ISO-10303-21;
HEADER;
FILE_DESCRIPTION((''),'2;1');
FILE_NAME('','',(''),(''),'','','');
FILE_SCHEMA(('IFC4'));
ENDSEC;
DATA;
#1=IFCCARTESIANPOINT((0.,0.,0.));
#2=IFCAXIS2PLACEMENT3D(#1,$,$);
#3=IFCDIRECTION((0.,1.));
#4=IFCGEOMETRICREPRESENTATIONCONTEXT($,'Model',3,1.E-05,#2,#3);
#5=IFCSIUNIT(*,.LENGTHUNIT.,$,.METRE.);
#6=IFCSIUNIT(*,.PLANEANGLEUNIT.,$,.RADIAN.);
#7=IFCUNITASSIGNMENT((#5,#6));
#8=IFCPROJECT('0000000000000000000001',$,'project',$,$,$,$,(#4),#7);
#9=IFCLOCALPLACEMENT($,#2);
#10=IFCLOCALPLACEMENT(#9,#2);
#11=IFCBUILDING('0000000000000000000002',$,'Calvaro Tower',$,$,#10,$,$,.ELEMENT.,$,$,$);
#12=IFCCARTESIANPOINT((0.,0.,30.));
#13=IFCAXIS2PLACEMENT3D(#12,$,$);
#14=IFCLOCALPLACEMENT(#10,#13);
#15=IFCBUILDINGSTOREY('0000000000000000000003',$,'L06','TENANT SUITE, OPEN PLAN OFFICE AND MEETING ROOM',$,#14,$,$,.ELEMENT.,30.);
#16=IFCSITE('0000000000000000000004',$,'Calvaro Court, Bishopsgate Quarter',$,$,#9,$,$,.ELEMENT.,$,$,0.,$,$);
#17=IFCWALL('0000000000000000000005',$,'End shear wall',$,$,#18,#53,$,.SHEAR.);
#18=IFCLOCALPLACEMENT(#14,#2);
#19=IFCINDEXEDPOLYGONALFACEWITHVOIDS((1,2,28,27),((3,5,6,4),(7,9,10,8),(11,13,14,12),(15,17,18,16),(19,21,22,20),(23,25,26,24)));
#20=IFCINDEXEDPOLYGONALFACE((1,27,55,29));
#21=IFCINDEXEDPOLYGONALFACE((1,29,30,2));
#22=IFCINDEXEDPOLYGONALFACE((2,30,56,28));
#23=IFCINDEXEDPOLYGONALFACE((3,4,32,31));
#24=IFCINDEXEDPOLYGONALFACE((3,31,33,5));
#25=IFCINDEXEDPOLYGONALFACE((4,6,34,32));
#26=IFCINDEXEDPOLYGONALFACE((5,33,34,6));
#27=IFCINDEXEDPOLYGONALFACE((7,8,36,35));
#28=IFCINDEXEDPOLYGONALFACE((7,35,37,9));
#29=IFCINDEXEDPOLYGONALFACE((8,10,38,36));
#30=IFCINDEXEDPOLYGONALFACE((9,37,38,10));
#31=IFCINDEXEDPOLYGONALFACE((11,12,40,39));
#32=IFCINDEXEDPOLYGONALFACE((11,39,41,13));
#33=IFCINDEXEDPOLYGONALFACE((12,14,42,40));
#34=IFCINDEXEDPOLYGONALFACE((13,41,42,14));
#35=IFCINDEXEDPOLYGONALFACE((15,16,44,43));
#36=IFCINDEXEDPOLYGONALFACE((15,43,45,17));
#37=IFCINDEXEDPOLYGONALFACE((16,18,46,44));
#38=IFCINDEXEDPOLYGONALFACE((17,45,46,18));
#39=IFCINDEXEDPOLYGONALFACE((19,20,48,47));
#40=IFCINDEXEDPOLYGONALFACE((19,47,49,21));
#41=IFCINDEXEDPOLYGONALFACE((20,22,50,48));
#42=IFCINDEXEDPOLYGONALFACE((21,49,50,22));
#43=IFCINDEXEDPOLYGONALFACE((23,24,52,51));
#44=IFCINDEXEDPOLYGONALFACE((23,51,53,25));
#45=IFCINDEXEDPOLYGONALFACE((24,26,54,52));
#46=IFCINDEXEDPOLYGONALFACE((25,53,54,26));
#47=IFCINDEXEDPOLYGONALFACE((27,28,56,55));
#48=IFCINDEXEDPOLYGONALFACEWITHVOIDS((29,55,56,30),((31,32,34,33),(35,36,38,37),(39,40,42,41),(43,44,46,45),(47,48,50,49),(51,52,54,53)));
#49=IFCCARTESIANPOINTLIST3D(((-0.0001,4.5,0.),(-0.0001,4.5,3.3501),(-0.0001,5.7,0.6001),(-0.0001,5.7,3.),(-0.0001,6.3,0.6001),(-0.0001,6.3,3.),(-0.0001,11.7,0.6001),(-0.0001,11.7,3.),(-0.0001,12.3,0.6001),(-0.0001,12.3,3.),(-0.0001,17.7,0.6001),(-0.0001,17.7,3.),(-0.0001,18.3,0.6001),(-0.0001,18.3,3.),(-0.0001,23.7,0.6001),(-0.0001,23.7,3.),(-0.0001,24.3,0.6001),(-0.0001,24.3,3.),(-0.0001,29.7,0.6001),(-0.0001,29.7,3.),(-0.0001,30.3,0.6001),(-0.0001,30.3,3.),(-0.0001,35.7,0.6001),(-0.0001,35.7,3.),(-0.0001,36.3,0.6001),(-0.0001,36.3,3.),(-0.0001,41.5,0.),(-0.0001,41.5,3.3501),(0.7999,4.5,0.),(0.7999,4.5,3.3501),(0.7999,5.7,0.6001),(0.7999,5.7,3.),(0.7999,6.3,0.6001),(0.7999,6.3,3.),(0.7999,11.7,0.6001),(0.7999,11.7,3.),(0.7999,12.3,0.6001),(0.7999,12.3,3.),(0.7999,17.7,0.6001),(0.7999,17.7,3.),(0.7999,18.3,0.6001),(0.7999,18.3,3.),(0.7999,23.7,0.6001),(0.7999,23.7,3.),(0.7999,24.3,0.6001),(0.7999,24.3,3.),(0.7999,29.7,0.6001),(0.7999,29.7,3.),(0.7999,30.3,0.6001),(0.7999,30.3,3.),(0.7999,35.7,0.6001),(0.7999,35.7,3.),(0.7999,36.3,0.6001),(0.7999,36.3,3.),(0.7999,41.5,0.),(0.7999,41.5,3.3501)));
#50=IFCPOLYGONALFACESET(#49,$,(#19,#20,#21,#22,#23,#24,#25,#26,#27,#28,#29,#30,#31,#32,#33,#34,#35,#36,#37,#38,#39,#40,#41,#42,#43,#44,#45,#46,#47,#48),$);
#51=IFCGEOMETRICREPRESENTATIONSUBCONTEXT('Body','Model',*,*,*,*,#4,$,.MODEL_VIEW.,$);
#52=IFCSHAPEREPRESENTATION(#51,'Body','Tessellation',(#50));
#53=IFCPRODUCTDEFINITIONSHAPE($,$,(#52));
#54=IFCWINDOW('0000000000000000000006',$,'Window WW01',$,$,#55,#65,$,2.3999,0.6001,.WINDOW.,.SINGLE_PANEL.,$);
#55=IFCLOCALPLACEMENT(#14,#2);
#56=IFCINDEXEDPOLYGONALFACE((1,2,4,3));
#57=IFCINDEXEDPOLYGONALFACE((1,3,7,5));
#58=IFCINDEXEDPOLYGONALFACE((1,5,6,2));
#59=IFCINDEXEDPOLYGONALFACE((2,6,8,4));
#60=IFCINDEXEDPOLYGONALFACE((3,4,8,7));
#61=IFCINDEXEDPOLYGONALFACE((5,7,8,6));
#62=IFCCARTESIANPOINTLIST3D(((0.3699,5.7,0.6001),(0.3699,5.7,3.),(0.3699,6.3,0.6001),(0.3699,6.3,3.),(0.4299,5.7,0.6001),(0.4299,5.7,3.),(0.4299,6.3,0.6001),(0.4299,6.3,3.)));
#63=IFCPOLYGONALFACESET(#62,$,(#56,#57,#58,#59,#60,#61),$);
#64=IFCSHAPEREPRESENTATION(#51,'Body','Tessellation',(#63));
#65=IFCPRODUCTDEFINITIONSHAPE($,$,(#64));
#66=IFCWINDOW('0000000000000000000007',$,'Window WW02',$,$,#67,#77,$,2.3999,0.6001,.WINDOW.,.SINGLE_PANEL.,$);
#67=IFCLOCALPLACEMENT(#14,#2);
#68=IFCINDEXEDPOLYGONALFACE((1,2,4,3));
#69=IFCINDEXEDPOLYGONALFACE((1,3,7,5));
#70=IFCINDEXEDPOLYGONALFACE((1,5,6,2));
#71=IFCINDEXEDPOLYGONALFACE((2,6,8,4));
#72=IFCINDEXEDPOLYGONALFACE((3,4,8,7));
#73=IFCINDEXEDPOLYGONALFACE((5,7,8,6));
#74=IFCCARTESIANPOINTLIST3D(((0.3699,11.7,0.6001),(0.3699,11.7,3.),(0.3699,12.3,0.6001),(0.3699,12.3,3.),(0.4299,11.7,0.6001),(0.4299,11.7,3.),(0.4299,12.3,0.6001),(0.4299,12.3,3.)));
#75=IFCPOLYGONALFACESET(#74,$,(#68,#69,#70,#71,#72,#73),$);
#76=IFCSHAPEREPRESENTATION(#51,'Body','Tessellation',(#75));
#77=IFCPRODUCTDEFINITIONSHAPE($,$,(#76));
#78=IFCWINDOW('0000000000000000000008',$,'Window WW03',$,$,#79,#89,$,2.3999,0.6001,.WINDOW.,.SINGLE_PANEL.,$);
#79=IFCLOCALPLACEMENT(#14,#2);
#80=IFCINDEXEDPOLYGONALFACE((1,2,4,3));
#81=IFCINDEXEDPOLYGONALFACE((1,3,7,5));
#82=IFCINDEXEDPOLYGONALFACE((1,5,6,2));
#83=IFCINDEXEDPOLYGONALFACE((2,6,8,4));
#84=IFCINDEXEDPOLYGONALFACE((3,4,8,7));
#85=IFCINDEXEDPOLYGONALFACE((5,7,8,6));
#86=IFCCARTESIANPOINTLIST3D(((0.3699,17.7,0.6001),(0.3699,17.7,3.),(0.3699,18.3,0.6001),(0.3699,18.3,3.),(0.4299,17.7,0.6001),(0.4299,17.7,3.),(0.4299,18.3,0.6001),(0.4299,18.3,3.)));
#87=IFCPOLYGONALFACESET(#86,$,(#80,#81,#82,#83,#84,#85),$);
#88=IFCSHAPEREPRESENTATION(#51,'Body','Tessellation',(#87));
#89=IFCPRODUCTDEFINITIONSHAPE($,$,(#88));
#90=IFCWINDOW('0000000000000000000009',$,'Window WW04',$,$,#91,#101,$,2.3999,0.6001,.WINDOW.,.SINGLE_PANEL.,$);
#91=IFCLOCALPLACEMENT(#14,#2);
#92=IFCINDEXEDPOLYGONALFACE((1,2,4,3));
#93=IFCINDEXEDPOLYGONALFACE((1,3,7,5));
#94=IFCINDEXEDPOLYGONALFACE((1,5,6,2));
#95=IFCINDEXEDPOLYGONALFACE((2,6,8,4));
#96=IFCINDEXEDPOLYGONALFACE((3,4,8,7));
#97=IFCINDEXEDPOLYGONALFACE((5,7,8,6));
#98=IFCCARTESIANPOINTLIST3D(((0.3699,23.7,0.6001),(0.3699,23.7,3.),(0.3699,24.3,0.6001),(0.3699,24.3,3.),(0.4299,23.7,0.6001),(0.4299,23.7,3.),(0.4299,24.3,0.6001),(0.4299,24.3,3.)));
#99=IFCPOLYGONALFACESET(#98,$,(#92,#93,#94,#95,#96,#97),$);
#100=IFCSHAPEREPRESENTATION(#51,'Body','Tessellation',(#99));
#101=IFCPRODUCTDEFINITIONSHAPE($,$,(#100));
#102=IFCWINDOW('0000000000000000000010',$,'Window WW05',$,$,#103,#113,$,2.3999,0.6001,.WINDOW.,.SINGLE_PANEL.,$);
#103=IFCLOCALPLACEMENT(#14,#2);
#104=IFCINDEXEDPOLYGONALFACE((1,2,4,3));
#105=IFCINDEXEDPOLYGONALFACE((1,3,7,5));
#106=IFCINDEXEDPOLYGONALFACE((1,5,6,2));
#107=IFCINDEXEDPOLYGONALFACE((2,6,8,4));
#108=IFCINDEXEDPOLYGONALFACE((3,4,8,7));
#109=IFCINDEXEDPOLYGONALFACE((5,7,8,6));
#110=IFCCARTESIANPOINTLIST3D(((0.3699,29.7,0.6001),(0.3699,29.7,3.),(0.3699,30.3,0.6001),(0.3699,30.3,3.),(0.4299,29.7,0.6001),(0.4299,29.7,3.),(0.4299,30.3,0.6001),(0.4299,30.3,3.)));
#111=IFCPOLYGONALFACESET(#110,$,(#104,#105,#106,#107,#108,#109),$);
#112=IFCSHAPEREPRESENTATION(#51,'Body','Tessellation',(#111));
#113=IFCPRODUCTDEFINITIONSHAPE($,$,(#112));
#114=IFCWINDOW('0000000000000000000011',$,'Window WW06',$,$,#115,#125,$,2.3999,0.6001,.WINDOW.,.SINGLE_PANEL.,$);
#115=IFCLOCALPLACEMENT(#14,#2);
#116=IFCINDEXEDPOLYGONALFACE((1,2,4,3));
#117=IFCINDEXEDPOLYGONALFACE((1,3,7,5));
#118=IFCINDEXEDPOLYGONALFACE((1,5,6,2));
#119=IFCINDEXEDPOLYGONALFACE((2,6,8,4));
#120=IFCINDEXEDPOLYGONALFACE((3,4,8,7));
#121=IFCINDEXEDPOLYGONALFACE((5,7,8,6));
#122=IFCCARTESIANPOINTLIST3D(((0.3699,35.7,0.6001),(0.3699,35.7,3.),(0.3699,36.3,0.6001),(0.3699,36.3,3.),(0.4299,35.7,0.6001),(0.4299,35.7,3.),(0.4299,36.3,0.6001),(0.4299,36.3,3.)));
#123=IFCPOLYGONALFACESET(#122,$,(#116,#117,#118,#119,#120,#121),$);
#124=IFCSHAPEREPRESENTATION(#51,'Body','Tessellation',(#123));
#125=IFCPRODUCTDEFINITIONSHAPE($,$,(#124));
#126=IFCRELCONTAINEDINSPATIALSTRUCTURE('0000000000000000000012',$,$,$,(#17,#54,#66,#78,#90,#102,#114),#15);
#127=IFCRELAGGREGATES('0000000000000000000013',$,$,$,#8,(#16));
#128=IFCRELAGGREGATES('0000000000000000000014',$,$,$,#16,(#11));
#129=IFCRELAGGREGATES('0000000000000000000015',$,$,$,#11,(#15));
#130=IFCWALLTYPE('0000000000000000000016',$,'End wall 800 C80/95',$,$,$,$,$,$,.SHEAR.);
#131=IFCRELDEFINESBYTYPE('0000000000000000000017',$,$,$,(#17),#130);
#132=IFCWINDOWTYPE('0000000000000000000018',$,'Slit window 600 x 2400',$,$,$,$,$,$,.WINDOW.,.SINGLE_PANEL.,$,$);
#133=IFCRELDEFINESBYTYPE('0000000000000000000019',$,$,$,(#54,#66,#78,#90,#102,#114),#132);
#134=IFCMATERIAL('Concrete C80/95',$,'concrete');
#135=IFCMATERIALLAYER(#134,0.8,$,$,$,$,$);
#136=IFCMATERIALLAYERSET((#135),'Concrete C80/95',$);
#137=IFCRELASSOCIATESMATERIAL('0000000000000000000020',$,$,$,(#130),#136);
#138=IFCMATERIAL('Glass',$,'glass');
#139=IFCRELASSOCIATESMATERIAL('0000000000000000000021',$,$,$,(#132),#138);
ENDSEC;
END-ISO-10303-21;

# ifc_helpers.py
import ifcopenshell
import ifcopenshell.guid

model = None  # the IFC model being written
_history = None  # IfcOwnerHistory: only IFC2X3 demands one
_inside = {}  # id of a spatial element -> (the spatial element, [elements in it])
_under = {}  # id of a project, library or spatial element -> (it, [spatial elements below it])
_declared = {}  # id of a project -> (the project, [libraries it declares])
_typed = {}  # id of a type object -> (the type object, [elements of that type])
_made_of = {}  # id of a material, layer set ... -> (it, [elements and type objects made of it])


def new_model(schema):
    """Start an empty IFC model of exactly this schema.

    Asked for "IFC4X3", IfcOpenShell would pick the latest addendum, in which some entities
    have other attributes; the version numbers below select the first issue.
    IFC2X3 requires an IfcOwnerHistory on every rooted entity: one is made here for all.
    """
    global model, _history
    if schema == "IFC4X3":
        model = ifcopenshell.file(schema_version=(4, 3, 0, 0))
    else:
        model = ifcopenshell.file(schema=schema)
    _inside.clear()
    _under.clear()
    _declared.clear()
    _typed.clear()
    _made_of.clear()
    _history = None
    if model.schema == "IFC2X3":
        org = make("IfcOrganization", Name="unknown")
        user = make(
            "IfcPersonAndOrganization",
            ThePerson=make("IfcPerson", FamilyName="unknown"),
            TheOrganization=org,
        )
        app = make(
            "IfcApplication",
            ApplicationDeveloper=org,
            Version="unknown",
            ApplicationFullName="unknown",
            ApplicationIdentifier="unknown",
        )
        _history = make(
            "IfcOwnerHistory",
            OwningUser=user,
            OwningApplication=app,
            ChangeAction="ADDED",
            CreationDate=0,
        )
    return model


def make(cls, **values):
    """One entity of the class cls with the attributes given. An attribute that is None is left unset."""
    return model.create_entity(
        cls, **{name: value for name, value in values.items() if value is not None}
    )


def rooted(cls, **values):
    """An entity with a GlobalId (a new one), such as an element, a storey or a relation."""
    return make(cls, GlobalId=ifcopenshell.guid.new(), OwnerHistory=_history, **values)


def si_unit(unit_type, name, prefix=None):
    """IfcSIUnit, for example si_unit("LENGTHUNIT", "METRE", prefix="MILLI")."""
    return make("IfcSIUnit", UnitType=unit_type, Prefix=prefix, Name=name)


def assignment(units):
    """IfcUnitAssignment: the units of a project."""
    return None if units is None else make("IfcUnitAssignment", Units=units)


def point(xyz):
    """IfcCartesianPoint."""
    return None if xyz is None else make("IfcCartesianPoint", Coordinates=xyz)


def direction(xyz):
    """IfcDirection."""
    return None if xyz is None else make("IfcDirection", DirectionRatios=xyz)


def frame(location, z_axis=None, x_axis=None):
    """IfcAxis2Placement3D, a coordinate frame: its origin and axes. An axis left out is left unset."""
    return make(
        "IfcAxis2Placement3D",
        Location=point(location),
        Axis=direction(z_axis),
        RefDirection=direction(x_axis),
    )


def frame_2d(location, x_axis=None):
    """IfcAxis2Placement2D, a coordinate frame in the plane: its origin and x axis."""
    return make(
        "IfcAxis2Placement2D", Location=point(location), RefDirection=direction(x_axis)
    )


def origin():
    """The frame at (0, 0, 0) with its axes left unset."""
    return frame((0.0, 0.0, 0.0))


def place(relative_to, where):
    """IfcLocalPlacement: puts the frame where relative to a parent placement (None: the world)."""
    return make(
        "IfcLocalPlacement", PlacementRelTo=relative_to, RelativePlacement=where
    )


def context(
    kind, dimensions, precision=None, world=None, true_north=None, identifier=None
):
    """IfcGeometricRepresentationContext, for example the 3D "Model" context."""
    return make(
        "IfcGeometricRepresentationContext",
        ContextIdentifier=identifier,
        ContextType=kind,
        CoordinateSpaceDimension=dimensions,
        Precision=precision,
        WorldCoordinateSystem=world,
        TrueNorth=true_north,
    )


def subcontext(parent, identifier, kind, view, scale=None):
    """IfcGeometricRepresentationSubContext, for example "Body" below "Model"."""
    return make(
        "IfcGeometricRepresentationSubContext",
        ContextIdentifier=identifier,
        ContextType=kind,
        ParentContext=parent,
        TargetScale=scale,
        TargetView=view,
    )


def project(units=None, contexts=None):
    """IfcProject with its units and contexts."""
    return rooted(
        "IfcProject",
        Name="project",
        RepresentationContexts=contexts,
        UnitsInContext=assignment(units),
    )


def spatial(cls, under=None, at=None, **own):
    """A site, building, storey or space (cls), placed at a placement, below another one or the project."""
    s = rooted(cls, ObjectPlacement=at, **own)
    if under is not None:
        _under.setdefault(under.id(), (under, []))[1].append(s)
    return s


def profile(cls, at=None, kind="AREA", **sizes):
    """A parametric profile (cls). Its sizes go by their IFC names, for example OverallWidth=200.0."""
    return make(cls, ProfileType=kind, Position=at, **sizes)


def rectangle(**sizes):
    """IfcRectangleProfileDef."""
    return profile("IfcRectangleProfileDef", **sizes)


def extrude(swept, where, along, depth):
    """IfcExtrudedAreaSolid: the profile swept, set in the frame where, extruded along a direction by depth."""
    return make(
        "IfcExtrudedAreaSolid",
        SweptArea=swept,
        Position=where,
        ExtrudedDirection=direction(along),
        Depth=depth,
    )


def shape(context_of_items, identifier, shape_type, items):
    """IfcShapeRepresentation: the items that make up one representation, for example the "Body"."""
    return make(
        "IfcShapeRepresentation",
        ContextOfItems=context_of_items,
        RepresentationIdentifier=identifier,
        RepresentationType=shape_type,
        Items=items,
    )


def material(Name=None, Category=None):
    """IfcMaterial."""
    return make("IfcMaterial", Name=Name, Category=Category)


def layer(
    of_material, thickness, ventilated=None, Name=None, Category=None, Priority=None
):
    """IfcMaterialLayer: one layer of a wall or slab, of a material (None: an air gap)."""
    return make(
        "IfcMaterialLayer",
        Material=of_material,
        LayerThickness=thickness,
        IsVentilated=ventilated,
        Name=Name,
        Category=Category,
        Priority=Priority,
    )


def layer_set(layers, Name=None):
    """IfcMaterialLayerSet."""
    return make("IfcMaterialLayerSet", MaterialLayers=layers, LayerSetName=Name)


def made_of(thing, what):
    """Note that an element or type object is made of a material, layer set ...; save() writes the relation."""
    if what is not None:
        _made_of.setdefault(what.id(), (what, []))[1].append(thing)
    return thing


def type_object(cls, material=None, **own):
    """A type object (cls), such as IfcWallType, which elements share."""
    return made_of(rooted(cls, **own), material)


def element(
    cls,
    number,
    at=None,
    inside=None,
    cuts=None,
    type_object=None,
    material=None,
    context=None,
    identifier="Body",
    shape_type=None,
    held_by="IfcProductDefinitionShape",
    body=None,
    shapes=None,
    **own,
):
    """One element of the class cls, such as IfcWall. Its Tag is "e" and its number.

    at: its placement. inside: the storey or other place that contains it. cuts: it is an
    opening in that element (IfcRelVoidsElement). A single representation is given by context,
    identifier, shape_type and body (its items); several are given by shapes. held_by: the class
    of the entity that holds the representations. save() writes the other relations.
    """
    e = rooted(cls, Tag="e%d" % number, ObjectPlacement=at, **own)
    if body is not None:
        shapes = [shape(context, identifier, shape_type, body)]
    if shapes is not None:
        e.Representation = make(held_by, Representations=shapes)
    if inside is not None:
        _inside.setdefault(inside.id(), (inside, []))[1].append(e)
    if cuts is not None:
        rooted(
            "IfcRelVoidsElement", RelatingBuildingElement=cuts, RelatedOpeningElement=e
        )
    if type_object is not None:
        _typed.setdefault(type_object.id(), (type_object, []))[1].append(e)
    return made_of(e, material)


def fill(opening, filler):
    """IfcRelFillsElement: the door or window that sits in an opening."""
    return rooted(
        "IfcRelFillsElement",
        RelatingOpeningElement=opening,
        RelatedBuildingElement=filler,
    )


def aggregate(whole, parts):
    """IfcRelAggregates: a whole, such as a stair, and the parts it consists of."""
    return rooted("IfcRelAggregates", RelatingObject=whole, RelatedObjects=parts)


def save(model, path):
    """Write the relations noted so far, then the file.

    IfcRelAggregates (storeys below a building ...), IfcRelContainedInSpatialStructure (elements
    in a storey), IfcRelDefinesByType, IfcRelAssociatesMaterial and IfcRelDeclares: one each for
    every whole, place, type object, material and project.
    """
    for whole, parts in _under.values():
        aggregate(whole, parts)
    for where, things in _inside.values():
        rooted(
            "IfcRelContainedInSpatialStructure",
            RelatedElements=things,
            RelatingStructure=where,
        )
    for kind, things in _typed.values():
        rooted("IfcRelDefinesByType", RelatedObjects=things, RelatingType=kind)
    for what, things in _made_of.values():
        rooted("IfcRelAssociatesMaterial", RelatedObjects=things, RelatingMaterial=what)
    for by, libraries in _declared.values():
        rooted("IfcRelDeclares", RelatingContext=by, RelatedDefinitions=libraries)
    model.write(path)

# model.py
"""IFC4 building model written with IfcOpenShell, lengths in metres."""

from ifc_helpers import new_model, si_unit, direction, frame, frame_2d, origin, place, context, subcontext, project, spatial, rectangle, extrude, material, layer, layer_set, type_object, element, fill, save


model = new_model("IFC4")

# Units and contexts
model_context = context("Model", 3, precision=1e-05, world=origin(), true_north=direction((0.0, 1.0)))
body_context = subcontext(model_context, "Body", "Model", "MODEL_VIEW")
ifc_project = project(units=[si_unit("LENGTHUNIT", "METRE"), si_unit("PLANEANGLEUNIT", "RADIAN")], contexts=[model_context])

# Site, building, storey
site_placement = place(None, origin())
site = spatial("IfcSite", under=ifc_project, at=site_placement, Name="Calvaro Court, Bishopsgate Quarter", CompositionType="ELEMENT", RefElevation=0.0)
building_placement = place(site_placement, origin())
building = spatial("IfcBuilding", under=site, at=building_placement, Name="Calvaro Tower", CompositionType="ELEMENT")
storey_placement = place(building_placement, frame((0.0, 0.0, 30.0)))
storey = spatial("IfcBuildingStorey", under=building, at=storey_placement, Name="L06", Description="TENANT SUITE, OPEN PLAN OFFICE AND MEETING ROOM", CompositionType="ELEMENT", Elevation=30.0)

# Wall, openings, windows
ifc_material_1 = material(Name="Concrete C80/95", Category="concrete")
ifc_layer_1 = layer(ifc_material_1, 0.8)
ifc_layer_set_1 = layer_set([ifc_layer_1], Name="Concrete C80/95")
wall_type = type_object("IfcWallType", Name="End wall 800 C80/95", PredefinedType="SHEAR", material=ifc_layer_set_1)
wall_placement = place(storey_placement, frame((0.3999, 4.5, 0.0), z_axis=(0.0, 0.0, 1.0), x_axis=(0.0, 1.0, 0.0)))
wall = element("IfcWall", 1, at=wall_placement, inside=storey, type_object=wall_type, Name="End shear wall", PredefinedType="SHEAR", context=body_context, shape_type="SweptSolid", body=[
    extrude(rectangle(XDim=37.0, YDim=0.8, at=frame_2d((18.5, 0.0))), origin(), (0.0, 0.0, 1.0), 3.3501),
])
opening_1_placement = place(wall_placement, frame((1.2, 0.0, 0.6001)))
opening_1 = element("IfcOpeningElement", 2, at=opening_1_placement, cuts=wall, PredefinedType="OPENING", context=body_context, shape_type="SweptSolid", body=[
    extrude(rectangle(XDim=0.6001, YDim=2.3999, at=frame_2d((0.3, 1.2))), frame((0.0, 0.4099, 0.0), z_axis=(0.0, -1.0, 0.0), x_axis=(1.0, 0.0, 0.0)), (0.0, 0.0, 1.0), 0.8201),
])
opening_2_placement = place(wall_placement, frame((7.2, 0.0, 0.6001)))
opening_2 = element("IfcOpeningElement", 3, at=opening_2_placement, cuts=wall, PredefinedType="OPENING", context=body_context, shape_type="SweptSolid", body=[
    extrude(rectangle(XDim=0.6001, YDim=2.3999, at=frame_2d((0.3, 1.2))), frame((0.0, 0.4099, 0.0), z_axis=(0.0, -1.0, 0.0), x_axis=(1.0, 0.0, 0.0)), (0.0, 0.0, 1.0), 0.8201),
])
opening_3_placement = place(wall_placement, frame((13.2, 0.0, 0.6001)))
opening_3 = element("IfcOpeningElement", 4, at=opening_3_placement, cuts=wall, PredefinedType="OPENING", context=body_context, shape_type="SweptSolid", body=[
    extrude(rectangle(XDim=0.6001, YDim=2.3999, at=frame_2d((0.3, 1.2))), frame((0.0, 0.4099, 0.0), z_axis=(0.0, -1.0, 0.0), x_axis=(1.0, 0.0, 0.0)), (0.0, 0.0, 1.0), 0.8201),
])
opening_4_placement = place(wall_placement, frame((19.2, 0.0, 0.6001)))
opening_4 = element("IfcOpeningElement", 5, at=opening_4_placement, cuts=wall, PredefinedType="OPENING", context=body_context, shape_type="SweptSolid", body=[
    extrude(rectangle(XDim=0.6001, YDim=2.3999, at=frame_2d((0.3, 1.2))), frame((0.0, 0.4099, 0.0), z_axis=(0.0, -1.0, 0.0), x_axis=(1.0, 0.0, 0.0)), (0.0, 0.0, 1.0), 0.8201),
])
opening_5_placement = place(wall_placement, frame((25.2, 0.0, 0.6001)))
opening_5 = element("IfcOpeningElement", 6, at=opening_5_placement, cuts=wall, PredefinedType="OPENING", context=body_context, shape_type="SweptSolid", body=[
    extrude(rectangle(XDim=0.6001, YDim=2.3999, at=frame_2d((0.3, 1.2))), frame((0.0, 0.4099, 0.0), z_axis=(0.0, -1.0, 0.0), x_axis=(1.0, 0.0, 0.0)), (0.0, 0.0, 1.0), 0.8201),
])
opening_6_placement = place(wall_placement, frame((31.2, 0.0, 0.6001)))
opening_6 = element("IfcOpeningElement", 7, at=opening_6_placement, cuts=wall, PredefinedType="OPENING", context=body_context, shape_type="SweptSolid", body=[
    extrude(rectangle(XDim=0.6001, YDim=2.3999, at=frame_2d((0.3, 1.2))), frame((0.0, 0.4099, 0.0), z_axis=(0.0, -1.0, 0.0), x_axis=(1.0, 0.0, 0.0)), (0.0, 0.0, 1.0), 0.8201),
])
ifc_material_2 = material(Name="Glass", Category="glass")
window_type = type_object("IfcWindowType", Name="Slit window 600 x 2400", PartitioningType="SINGLE_PANEL", PredefinedType="WINDOW", material=ifc_material_2)
window_1_placement = place(opening_1_placement, origin())
window_1 = element("IfcWindow", 8, at=window_1_placement, inside=storey, type_object=window_type, Name="Window WW01", OverallHeight=2.3999, OverallWidth=0.6001, PartitioningType="SINGLE_PANEL", PredefinedType="WINDOW", context=body_context, shape_type="SweptSolid", body=[
    extrude(rectangle(XDim=0.6001, YDim=2.3999, at=frame_2d((0.3, 1.2))), frame((0.0, 0.03, 0.0), z_axis=(0.0, -1.0, 0.0), x_axis=(1.0, 0.0, 0.0)), (0.0, 0.0, 1.0), 0.0601),
])
fill(opening_1, window_1)
window_2_placement = place(opening_2_placement, origin())
window_2 = element("IfcWindow", 9, at=window_2_placement, inside=storey, type_object=window_type, Name="Window WW02", OverallHeight=2.3999, OverallWidth=0.6001, PartitioningType="SINGLE_PANEL", PredefinedType="WINDOW", context=body_context, shape_type="SweptSolid", body=[
    extrude(rectangle(XDim=0.6001, YDim=2.3999, at=frame_2d((0.3, 1.2))), frame((0.0, 0.03, 0.0), z_axis=(0.0, -1.0, 0.0), x_axis=(1.0, 0.0, 0.0)), (0.0, 0.0, 1.0), 0.0601),
])
fill(opening_2, window_2)
window_3_placement = place(opening_3_placement, origin())
window_3 = element("IfcWindow", 10, at=window_3_placement, inside=storey, type_object=window_type, Name="Window WW03", OverallHeight=2.3999, OverallWidth=0.6001, PartitioningType="SINGLE_PANEL", PredefinedType="WINDOW", context=body_context, shape_type="SweptSolid", body=[
    extrude(rectangle(XDim=0.6001, YDim=2.3999, at=frame_2d((0.3, 1.2))), frame((0.0, 0.03, 0.0), z_axis=(0.0, -1.0, 0.0), x_axis=(1.0, 0.0, 0.0)), (0.0, 0.0, 1.0), 0.0601),
])
fill(opening_3, window_3)
window_4_placement = place(opening_4_placement, origin())
window_4 = element("IfcWindow", 11, at=window_4_placement, inside=storey, type_object=window_type, Name="Window WW04", OverallHeight=2.3999, OverallWidth=0.6001, PartitioningType="SINGLE_PANEL", PredefinedType="WINDOW", context=body_context, shape_type="SweptSolid", body=[
    extrude(rectangle(XDim=0.6001, YDim=2.3999, at=frame_2d((0.3, 1.2))), frame((0.0, 0.03, 0.0), z_axis=(0.0, -1.0, 0.0), x_axis=(1.0, 0.0, 0.0)), (0.0, 0.0, 1.0), 0.0601),
])
fill(opening_4, window_4)
window_5_placement = place(opening_5_placement, origin())
window_5 = element("IfcWindow", 12, at=window_5_placement, inside=storey, type_object=window_type, Name="Window WW05", OverallHeight=2.3999, OverallWidth=0.6001, PartitioningType="SINGLE_PANEL", PredefinedType="WINDOW", context=body_context, shape_type="SweptSolid", body=[
    extrude(rectangle(XDim=0.6001, YDim=2.3999, at=frame_2d((0.3, 1.2))), frame((0.0, 0.03, 0.0), z_axis=(0.0, -1.0, 0.0), x_axis=(1.0, 0.0, 0.0)), (0.0, 0.0, 1.0), 0.0601),
])
fill(opening_5, window_5)
window_6_placement = place(opening_6_placement, origin())
window_6 = element("IfcWindow", 13, at=window_6_placement, inside=storey, type_object=window_type, Name="Window WW06", OverallHeight=2.3999, OverallWidth=0.6001, PartitioningType="SINGLE_PANEL", PredefinedType="WINDOW", context=body_context, shape_type="SweptSolid", body=[
    extrude(rectangle(XDim=0.6001, YDim=2.3999, at=frame_2d((0.3, 1.2))), frame((0.0, 0.03, 0.0), z_axis=(0.0, -1.0, 0.0), x_axis=(1.0, 0.0, 0.0)), (0.0, 0.0, 1.0), 0.0601),
])
fill(opening_6, window_6)

save(model, "model.ifc")
